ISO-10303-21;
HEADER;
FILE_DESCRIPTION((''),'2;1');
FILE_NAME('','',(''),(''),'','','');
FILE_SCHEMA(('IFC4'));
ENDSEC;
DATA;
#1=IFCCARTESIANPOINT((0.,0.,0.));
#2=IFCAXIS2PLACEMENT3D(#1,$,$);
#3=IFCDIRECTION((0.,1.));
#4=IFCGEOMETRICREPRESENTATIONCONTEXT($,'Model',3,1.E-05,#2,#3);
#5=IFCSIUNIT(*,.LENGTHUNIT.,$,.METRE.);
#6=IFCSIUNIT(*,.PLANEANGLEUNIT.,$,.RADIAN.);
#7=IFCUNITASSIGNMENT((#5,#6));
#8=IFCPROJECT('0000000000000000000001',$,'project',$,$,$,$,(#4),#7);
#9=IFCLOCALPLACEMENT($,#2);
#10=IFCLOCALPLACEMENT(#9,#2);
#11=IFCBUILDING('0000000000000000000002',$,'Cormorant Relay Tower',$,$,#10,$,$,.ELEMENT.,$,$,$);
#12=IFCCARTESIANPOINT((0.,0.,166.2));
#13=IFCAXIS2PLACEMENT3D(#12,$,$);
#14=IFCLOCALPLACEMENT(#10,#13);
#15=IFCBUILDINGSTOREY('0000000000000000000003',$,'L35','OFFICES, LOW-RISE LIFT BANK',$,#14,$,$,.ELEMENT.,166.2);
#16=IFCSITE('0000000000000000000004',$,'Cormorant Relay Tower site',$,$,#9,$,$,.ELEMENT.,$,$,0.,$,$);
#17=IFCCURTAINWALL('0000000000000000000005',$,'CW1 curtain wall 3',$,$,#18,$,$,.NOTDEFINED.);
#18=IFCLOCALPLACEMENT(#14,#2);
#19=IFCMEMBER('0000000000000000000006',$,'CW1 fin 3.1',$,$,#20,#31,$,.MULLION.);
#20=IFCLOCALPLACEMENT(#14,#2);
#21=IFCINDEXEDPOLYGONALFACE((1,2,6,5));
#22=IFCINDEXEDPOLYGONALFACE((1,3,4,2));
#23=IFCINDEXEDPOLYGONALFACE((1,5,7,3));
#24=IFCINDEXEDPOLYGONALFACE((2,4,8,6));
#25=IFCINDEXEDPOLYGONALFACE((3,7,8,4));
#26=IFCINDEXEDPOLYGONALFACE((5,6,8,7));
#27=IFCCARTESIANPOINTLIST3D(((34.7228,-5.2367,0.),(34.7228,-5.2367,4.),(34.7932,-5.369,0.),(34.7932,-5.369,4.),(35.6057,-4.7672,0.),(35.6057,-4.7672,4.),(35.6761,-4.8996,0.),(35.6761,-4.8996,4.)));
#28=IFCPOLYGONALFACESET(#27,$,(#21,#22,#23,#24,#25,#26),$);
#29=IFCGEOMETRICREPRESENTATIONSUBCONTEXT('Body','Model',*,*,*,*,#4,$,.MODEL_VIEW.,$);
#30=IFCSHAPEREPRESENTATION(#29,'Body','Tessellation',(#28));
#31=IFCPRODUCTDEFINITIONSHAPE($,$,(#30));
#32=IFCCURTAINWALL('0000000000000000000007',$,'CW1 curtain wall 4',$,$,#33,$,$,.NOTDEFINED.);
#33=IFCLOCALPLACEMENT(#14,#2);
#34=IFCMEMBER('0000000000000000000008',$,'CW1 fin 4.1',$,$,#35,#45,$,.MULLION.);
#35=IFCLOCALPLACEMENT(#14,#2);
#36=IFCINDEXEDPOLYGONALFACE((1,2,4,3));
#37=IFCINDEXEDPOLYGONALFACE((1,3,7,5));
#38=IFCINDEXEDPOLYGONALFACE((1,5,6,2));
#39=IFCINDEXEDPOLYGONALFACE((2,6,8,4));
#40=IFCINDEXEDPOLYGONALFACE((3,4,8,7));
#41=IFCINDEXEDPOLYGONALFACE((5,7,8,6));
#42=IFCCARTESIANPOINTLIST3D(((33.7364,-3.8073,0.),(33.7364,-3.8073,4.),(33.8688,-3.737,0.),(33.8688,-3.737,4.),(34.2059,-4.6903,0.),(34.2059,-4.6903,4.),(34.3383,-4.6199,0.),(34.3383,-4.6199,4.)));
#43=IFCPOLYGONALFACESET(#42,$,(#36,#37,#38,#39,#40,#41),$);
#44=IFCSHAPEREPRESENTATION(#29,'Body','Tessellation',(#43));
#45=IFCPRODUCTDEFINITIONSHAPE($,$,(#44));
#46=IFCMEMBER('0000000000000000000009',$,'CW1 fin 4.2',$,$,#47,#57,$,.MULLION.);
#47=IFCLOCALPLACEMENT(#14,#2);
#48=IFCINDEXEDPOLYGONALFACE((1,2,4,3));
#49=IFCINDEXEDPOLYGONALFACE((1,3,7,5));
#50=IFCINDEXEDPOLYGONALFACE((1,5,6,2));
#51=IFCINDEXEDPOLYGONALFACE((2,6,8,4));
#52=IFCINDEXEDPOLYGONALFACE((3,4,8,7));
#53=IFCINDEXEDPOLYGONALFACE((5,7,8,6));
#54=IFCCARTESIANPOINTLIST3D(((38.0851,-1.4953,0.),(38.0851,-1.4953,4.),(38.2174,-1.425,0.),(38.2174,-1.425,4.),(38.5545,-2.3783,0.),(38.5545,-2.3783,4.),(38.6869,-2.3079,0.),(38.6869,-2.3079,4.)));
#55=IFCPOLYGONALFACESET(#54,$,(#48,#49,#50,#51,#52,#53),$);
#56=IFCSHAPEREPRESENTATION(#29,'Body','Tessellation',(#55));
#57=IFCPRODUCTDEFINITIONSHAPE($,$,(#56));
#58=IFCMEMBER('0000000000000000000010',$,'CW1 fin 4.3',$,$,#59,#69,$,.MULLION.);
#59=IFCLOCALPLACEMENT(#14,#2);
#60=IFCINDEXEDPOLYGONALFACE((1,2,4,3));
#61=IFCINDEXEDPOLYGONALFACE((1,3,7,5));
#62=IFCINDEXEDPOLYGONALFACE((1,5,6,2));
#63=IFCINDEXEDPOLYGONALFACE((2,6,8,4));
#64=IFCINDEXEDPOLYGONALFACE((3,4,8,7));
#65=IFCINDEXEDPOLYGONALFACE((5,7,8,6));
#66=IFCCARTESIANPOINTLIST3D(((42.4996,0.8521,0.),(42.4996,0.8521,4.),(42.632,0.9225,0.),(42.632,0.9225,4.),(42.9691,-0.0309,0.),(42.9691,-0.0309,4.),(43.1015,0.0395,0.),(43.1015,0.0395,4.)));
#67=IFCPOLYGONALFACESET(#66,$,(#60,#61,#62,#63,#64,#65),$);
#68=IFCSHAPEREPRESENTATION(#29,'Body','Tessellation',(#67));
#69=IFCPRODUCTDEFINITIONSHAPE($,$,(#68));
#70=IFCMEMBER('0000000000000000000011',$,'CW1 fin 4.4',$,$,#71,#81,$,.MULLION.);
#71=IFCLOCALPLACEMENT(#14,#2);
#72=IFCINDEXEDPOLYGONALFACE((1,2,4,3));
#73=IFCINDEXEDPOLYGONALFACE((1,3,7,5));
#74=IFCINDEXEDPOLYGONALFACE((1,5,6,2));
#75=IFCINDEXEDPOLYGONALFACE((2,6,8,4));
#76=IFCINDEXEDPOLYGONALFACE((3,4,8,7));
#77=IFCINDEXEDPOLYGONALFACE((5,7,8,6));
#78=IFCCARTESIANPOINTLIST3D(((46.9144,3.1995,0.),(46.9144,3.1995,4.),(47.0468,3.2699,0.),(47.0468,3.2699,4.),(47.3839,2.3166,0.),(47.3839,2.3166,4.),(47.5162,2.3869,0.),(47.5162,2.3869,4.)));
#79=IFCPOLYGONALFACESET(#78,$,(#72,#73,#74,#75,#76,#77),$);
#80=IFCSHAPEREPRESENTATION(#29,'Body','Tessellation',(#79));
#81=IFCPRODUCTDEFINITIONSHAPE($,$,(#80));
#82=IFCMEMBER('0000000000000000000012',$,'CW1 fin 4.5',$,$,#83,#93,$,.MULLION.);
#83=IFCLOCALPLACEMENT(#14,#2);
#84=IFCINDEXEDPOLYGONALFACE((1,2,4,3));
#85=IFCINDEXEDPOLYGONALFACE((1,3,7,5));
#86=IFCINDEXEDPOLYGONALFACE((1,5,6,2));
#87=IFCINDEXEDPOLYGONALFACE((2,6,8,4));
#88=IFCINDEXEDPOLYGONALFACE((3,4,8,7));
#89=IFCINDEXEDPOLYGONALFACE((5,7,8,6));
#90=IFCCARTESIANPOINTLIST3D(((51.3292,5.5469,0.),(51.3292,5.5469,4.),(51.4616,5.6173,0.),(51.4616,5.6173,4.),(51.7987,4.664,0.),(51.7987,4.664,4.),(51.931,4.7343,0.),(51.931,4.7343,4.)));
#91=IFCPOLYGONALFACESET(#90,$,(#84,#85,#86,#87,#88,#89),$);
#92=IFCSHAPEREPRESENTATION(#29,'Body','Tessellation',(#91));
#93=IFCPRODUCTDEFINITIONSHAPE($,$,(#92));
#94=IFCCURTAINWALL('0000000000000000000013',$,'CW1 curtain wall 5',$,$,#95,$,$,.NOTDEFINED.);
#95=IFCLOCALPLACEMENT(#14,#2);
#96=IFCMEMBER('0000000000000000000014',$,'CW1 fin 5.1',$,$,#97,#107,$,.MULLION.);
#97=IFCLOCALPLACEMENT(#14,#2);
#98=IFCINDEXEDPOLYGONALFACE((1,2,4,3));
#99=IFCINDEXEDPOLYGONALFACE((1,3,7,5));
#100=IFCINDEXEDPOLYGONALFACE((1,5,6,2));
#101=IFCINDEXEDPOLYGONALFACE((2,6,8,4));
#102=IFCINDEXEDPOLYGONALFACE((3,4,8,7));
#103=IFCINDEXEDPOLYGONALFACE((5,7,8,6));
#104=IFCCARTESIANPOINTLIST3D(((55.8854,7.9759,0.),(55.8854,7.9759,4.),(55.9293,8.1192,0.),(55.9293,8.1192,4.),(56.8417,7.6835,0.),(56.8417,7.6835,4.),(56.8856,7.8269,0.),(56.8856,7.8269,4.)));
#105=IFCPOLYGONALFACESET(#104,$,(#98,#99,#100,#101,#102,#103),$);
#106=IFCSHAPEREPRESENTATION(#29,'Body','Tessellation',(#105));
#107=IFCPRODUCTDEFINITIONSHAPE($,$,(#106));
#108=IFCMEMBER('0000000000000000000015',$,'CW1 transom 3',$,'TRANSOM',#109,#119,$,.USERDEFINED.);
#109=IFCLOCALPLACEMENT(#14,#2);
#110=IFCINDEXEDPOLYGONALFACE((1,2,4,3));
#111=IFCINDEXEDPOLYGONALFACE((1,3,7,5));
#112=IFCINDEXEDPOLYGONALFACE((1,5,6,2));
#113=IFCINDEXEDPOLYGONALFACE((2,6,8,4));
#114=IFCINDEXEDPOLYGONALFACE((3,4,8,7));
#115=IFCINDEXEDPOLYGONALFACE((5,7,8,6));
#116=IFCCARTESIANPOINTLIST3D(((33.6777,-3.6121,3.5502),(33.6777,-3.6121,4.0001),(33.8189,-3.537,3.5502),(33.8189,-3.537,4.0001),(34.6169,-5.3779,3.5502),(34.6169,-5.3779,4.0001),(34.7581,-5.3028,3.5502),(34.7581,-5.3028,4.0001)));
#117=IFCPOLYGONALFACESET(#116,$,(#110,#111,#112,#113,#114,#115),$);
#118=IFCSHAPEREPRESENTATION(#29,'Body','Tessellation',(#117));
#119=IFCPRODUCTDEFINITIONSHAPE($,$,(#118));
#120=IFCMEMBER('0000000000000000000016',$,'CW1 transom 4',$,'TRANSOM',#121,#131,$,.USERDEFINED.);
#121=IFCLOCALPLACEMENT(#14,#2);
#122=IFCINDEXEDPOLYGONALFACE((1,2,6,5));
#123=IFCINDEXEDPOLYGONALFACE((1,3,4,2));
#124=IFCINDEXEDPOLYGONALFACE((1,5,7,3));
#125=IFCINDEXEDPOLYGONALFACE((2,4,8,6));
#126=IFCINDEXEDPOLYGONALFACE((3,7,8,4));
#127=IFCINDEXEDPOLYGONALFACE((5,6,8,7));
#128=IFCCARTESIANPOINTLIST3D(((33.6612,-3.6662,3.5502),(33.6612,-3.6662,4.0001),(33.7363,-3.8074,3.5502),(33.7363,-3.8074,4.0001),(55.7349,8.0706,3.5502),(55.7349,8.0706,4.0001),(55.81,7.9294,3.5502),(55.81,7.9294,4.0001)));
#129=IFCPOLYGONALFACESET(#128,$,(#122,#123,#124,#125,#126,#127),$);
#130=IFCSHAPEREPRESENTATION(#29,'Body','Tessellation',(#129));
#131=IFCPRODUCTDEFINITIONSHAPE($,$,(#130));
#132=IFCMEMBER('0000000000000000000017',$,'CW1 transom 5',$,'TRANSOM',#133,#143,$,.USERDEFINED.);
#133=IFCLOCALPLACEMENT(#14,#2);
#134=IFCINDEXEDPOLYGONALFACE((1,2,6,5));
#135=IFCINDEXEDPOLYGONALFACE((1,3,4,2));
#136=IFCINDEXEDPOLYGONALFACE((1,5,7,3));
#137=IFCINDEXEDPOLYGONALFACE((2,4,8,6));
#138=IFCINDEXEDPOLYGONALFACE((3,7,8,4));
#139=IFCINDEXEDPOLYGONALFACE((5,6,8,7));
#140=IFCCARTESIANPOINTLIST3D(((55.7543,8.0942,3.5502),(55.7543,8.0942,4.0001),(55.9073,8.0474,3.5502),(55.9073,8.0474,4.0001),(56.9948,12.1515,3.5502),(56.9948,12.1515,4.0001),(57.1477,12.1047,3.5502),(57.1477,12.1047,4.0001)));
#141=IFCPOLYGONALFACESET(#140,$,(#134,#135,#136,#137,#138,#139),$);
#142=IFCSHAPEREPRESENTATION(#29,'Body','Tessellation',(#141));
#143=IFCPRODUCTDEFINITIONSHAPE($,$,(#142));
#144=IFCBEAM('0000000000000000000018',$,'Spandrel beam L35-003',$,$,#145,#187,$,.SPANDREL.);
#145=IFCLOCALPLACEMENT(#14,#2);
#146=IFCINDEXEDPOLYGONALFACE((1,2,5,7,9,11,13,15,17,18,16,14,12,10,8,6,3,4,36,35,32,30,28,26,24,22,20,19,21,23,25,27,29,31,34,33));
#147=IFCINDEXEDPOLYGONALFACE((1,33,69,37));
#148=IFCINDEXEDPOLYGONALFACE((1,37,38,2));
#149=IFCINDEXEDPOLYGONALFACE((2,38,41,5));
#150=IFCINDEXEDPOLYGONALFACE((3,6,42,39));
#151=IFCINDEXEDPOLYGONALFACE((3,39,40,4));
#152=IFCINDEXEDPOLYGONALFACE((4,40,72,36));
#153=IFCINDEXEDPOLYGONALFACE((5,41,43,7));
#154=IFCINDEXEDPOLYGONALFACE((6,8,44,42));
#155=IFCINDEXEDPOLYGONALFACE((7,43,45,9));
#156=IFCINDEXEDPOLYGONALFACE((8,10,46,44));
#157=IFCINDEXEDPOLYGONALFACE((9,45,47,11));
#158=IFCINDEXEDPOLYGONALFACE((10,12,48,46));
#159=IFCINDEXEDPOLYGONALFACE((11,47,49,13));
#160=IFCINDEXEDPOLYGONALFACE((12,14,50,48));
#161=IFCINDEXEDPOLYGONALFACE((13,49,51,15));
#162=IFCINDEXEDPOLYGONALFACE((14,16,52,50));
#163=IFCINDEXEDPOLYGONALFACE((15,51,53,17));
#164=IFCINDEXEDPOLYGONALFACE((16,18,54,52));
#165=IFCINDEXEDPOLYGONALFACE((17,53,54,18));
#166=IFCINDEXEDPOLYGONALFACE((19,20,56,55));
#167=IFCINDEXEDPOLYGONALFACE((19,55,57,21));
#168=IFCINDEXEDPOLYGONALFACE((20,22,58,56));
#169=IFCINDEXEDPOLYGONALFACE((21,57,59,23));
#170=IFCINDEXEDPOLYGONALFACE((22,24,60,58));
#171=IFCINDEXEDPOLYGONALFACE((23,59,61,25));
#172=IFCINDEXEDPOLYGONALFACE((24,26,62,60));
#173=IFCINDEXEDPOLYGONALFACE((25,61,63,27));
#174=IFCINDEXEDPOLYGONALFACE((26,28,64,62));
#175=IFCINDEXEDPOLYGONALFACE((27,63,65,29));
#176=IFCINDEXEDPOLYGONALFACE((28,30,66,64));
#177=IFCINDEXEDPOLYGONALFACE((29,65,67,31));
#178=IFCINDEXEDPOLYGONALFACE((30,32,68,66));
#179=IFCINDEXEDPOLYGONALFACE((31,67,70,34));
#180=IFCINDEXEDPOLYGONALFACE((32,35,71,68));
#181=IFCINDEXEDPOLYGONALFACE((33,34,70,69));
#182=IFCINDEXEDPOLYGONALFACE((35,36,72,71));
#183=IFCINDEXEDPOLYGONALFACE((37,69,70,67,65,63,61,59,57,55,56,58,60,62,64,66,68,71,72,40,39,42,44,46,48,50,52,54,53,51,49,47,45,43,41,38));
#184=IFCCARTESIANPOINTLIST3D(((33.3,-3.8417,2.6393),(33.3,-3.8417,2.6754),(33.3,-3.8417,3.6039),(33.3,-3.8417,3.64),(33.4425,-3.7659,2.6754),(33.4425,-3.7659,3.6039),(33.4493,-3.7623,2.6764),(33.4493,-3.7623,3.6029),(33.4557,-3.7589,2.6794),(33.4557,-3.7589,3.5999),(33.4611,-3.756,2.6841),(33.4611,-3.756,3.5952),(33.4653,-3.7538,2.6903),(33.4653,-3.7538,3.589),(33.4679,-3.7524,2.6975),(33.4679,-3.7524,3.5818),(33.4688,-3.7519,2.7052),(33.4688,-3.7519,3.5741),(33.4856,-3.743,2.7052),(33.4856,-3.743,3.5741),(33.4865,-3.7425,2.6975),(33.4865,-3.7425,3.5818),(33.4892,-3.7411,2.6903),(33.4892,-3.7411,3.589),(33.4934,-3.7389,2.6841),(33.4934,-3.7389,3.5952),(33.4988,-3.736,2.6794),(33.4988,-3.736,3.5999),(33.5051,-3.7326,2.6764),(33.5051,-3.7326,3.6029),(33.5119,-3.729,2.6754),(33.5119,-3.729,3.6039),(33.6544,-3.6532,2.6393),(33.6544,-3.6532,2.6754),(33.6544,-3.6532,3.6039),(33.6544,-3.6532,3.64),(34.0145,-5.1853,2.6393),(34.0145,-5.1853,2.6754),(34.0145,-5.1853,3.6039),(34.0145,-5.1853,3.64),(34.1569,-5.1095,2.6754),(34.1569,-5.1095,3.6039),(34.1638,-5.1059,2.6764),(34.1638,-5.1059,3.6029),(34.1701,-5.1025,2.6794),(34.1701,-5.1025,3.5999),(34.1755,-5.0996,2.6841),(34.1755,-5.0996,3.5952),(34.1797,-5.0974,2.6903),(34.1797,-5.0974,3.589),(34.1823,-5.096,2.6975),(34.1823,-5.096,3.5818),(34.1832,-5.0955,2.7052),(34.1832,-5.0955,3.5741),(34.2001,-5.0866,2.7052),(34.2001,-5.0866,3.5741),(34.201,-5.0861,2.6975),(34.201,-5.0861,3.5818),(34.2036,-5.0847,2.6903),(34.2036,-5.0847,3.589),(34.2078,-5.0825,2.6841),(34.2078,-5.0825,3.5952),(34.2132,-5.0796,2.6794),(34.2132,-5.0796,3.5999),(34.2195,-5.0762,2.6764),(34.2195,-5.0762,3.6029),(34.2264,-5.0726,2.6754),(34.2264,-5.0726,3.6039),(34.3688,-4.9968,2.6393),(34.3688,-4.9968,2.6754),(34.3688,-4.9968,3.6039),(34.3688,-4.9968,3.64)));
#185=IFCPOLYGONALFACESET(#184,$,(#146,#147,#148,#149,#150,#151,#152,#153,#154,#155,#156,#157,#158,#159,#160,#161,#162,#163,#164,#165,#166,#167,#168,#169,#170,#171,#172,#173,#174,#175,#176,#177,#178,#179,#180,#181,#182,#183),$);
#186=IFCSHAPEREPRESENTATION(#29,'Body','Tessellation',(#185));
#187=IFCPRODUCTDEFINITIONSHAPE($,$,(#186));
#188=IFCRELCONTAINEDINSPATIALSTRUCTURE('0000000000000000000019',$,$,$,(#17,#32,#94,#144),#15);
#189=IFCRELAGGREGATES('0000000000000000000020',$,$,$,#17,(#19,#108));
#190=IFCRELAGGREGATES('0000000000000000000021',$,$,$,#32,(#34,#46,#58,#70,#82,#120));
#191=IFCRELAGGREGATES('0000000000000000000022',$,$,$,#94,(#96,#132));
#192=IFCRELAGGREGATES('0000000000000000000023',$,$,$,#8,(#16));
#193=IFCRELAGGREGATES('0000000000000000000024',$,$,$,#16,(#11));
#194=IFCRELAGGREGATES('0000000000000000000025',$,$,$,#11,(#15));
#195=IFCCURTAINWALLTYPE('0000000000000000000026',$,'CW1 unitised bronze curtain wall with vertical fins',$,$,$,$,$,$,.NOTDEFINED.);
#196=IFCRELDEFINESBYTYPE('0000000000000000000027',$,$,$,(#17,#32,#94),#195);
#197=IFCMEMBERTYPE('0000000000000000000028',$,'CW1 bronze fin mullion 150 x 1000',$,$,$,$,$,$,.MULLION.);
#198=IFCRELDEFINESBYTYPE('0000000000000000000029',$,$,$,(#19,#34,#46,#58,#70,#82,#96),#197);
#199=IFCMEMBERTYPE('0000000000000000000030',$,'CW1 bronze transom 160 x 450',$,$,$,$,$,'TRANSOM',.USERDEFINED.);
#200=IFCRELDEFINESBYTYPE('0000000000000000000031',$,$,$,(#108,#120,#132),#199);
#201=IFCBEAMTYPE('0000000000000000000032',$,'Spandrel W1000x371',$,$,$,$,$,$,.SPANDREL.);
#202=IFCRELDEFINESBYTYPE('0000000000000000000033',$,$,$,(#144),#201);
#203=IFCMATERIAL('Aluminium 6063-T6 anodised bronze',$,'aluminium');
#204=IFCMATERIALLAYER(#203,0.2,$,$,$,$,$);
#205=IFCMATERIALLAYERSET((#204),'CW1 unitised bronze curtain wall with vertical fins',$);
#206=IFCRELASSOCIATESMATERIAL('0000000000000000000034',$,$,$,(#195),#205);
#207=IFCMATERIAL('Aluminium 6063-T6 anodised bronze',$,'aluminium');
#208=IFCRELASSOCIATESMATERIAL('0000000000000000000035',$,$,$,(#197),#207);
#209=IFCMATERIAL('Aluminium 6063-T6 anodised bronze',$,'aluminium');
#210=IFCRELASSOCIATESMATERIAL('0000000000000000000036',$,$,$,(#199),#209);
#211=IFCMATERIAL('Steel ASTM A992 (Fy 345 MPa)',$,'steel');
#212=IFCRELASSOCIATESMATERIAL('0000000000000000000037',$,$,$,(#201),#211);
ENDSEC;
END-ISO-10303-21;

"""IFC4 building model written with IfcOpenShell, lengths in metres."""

from ifc_helpers import new_model, si_unit, direction, frame, origin, origin_2d, place, context, subcontext, project, spatial, rectangle, i_section, extrude, material, layer, layer_set, material_profile, profile_set, type_object, element, aggregate, save


model = new_model("IFC4")

# Units and contexts
model_context = context("Model", 3, precision=1e-05, world=origin(), true_north=direction((0.0, 1.0)))
body_context = subcontext(model_context, "Body", "Model", "MODEL_VIEW")
ifc_project = project(units=[si_unit("LENGTHUNIT", "METRE"), si_unit("PLANEANGLEUNIT", "RADIAN")], contexts=[model_context])

# Site, building, storey
site_placement = place(None, origin())
site = spatial("IfcSite", under=ifc_project, at=site_placement, Name="Cormorant Relay Tower site", CompositionType="ELEMENT", RefElevation=0.0)
building_placement = place(site_placement, origin())
building = spatial("IfcBuilding", under=site, at=building_placement, Name="Cormorant Relay Tower", CompositionType="ELEMENT")
storey_placement = place(building_placement, frame((0.0, 0.0, 166.2)))
storey = spatial("IfcBuildingStorey", under=building, at=storey_placement, Name="L35", Description="OFFICES, LOW-RISE LIFT BANK", CompositionType="ELEMENT", Elevation=166.2)

# Curtain wall, member
ifc_material_1 = material(Name="Aluminium 6063-T6 anodised bronze", Category="aluminium")
ifc_layer_1 = layer(ifc_material_1, 0.2)
ifc_layer_set_1 = layer_set([ifc_layer_1], Name="CW1 unitised bronze curtain wall with vertical fins")
curtain_wall_type = type_object("IfcCurtainWallType", Name="CW1 unitised bronze curtain wall with vertical fins", PredefinedType="NOTDEFINED", material=ifc_layer_set_1)
curtain_wall_1_placement = place(storey_placement, origin())
curtain_wall_1 = element("IfcCurtainWall", 1, at=curtain_wall_1_placement, inside=storey, type_object=curtain_wall_type, Name="CW1 curtain wall 3", PredefinedType="NOTDEFINED")
ifc_material_2 = material(Name="Aluminium 6063-T6 anodised bronze", Category="aluminium")
ifc_material_profile_1 = material_profile(ifc_material_2, rectangle(XDim=0.1499, YDim=1.0, at=origin_2d()), Name="AL 150x1000")
ifc_profile_set_1 = profile_set([ifc_material_profile_1], Name="Aluminium 6063-T6 anodised bronze")
member_type_1 = type_object("IfcMemberType", Name="CW1 bronze fin mullion 150 x 1000", PredefinedType="MULLION", material=ifc_profile_set_1)
member_1_placement = place(storey_placement, frame((35.1995, -5.0681, 0.0), z_axis=(0.0, 0.0, 1.0), x_axis=(-0.469472, 0.882948, 0.0)))
member_1 = element("IfcMember", 2, at=member_1_placement, type_object=member_type_1, Name="CW1 fin 3.1", PredefinedType="MULLION", context=body_context, shape_type="SweptSolid", body=[
    extrude(rectangle(XDim=0.1499, YDim=1.0, at=origin_2d()), origin(), (0.0, 0.0, 1.0), 4.0),
])

# Curtain wall, members
curtain_wall_2_placement = place(storey_placement, origin())
curtain_wall_2 = element("IfcCurtainWall", 3, at=curtain_wall_2_placement, inside=storey, type_object=curtain_wall_type, Name="CW1 curtain wall 4", PredefinedType="NOTDEFINED")
member_2_placement = place(storey_placement, frame((34.0374, -4.2136, 0.0), z_axis=(0.0, 0.0, 1.0), x_axis=(0.882948, 0.469472, 0.0)))
member_2 = element("IfcMember", 4, at=member_2_placement, type_object=member_type_1, Name="CW1 fin 4.1", PredefinedType="MULLION", context=body_context, shape_type="SweptSolid", body=[
    extrude(rectangle(XDim=0.1499, YDim=1.0, at=origin_2d()), origin(), (0.0, 0.0, 1.0), 4.0),
])
member_3_placement = place(storey_placement, frame((38.386, -1.9016, 0.0), z_axis=(0.0, 0.0, 1.0), x_axis=(0.882948, 0.469472, 0.0)))
member_3 = element("IfcMember", 5, at=member_3_placement, type_object=member_type_1, Name="CW1 fin 4.2", PredefinedType="MULLION", context=body_context, shape_type="SweptSolid", body=[
    extrude(rectangle(XDim=0.1499, YDim=1.0, at=origin_2d()), origin(), (0.0, 0.0, 1.0), 4.0),
])
member_4_placement = place(storey_placement, frame((42.8005, 0.4458, 0.0), z_axis=(0.0, 0.0, 1.0), x_axis=(0.882948, 0.469472, 0.0)))
member_4 = element("IfcMember", 6, at=member_4_placement, type_object=member_type_1, Name="CW1 fin 4.3", PredefinedType="MULLION", context=body_context, shape_type="SweptSolid", body=[
    extrude(rectangle(XDim=0.1499, YDim=1.0, at=origin_2d()), origin(), (0.0, 0.0, 1.0), 4.0),
])
member_5_placement = place(storey_placement, frame((47.2153, 2.7932, 0.0), z_axis=(0.0, 0.0, 1.0), x_axis=(0.882948, 0.469472, 0.0)))
member_5 = element("IfcMember", 7, at=member_5_placement, type_object=member_type_1, Name="CW1 fin 4.4", PredefinedType="MULLION", context=body_context, shape_type="SweptSolid", body=[
    extrude(rectangle(XDim=0.1499, YDim=1.0, at=origin_2d()), origin(), (0.0, 0.0, 1.0), 4.0),
])
member_6_placement = place(storey_placement, frame((51.6301, 5.1406, 0.0), z_axis=(0.0, 0.0, 1.0), x_axis=(0.882948, 0.469472, 0.0)))
member_6 = element("IfcMember", 8, at=member_6_placement, type_object=member_type_1, Name="CW1 fin 4.5", PredefinedType="MULLION", context=body_context, shape_type="SweptSolid", body=[
    extrude(rectangle(XDim=0.1499, YDim=1.0, at=origin_2d()), origin(), (0.0, 0.0, 1.0), 4.0),
])

# Curtain wall, member
curtain_wall_3_placement = place(storey_placement, origin())
curtain_wall_3 = element("IfcCurtainWall", 9, at=curtain_wall_3_placement, inside=storey, type_object=curtain_wall_type, Name="CW1 curtain wall 5", PredefinedType="NOTDEFINED")
member_7_placement = place(storey_placement, frame((56.3855, 7.9014, 0.0), z_axis=(0.0, 0.0, 1.0), x_axis=(0.292372, 0.956305, 0.0)))
member_7 = element("IfcMember", 10, at=member_7_placement, type_object=member_type_1, Name="CW1 fin 5.1", PredefinedType="MULLION", context=body_context, shape_type="SweptSolid", body=[
    extrude(rectangle(XDim=0.1499, YDim=1.0, at=origin_2d()), origin(), (0.0, 0.0, 1.0), 4.0),
])

# Members
ifc_material_3 = material(Name="Aluminium 6063-T6 anodised bronze", Category="aluminium")
ifc_material_profile_2 = material_profile(ifc_material_3, rectangle(XDim=0.1599, YDim=0.45, at=origin_2d()), Name="AL 160x450")
ifc_profile_set_2 = profile_set([ifc_material_profile_2], Name="Aluminium 6063-T6 anodised bronze")
member_type_2 = type_object("IfcMemberType", Name="CW1 bronze transom 160 x 450", ElementType="TRANSOM", PredefinedType="USERDEFINED", material=ifc_profile_set_2)
member_8_placement = place(storey_placement, frame((34.6875, -5.3403, 3.7751), z_axis=(-0.469581, 0.88289, 0.0), x_axis=(-0.88289, -0.469581, 0.0)))
member_8 = element("IfcMember", 11, at=member_8_placement, type_object=member_type_2, Name="CW1 transom 3", ObjectType="TRANSOM", PredefinedType="USERDEFINED", context=body_context, shape_type="SweptSolid", body=[
    extrude(rectangle(XDim=0.1599, YDim=0.45, at=origin_2d()), origin(), (0.0, 0.0, 1.0), 2.0),
])
member_9_placement = place(storey_placement, frame((33.6987, -3.7368, 3.7751), z_axis=(0.882947, 0.469472, 0.0), x_axis=(-0.469472, 0.882947, 0.0)))
member_9 = element("IfcMember", 12, at=member_9_placement, type_object=member_type_2, Name="CW1 transom 4", ObjectType="TRANSOM", PredefinedType="USERDEFINED", context=body_context, shape_type="SweptSolid", body=[
    extrude(rectangle(XDim=0.1599, YDim=0.45, at=origin_2d()), origin(), (0.0, 0.0, 1.0), 25.0),
])
member_10_placement = place(storey_placement, frame((55.8308, 8.0708, 3.7751), z_axis=(0.292375, 0.956304, 0.0), x_axis=(-0.956304, 0.292375, 0.0)))
member_10 = element("IfcMember", 13, at=member_10_placement, type_object=member_type_2, Name="CW1 transom 5", ObjectType="TRANSOM", PredefinedType="USERDEFINED", context=body_context, shape_type="SweptSolid", body=[
    extrude(rectangle(XDim=0.1599, YDim=0.45, at=origin_2d()), origin(), (0.0, 0.0, 1.0), 4.2427),
])

# Beam
ifc_material_4 = material(Name="Steel ASTM A992 (Fy 345 MPa)", Category="steel")
ifc_material_profile_3 = material_profile(ifc_material_4, i_section(OverallWidth=0.4014, OverallDepth=1.0007, WebThickness=0.019, FlangeThickness=0.0361, FilletRadius=0.0298, at=origin_2d()), Name="W1000x371")
ifc_profile_set_3 = profile_set([ifc_material_profile_3], Name="Steel ASTM A992 (Fy 345 MPa)")
beam_type = type_object("IfcBeamType", Name="Spandrel W1000x371", PredefinedType="SPANDREL", material=ifc_profile_set_3)
beam_1_placement = place(storey_placement, frame((34.1917, -5.0911, 3.1396), z_axis=(-0.469472, 0.882947, 0.0), x_axis=(-0.882947, -0.469472, 0.0)))
element("IfcBeam", 14, at=beam_1_placement, inside=storey, type_object=beam_type, Name="Spandrel beam L35-003", PredefinedType="SPANDREL", context=body_context, shape_type="SweptSolid", body=[
    extrude(i_section(OverallWidth=0.4014, OverallDepth=1.0007, WebThickness=0.019, FlangeThickness=0.0361, FilletRadius=0.0298, at=origin_2d()), origin(), (0.0, 0.0, 1.0), 1.5217),
])

aggregate(curtain_wall_1, [member_1, member_8])
aggregate(curtain_wall_2, [member_2, member_3, member_4, member_5, member_6, member_9])
aggregate(curtain_wall_3, [member_7, member_10])

save(model, "model.ifc")
